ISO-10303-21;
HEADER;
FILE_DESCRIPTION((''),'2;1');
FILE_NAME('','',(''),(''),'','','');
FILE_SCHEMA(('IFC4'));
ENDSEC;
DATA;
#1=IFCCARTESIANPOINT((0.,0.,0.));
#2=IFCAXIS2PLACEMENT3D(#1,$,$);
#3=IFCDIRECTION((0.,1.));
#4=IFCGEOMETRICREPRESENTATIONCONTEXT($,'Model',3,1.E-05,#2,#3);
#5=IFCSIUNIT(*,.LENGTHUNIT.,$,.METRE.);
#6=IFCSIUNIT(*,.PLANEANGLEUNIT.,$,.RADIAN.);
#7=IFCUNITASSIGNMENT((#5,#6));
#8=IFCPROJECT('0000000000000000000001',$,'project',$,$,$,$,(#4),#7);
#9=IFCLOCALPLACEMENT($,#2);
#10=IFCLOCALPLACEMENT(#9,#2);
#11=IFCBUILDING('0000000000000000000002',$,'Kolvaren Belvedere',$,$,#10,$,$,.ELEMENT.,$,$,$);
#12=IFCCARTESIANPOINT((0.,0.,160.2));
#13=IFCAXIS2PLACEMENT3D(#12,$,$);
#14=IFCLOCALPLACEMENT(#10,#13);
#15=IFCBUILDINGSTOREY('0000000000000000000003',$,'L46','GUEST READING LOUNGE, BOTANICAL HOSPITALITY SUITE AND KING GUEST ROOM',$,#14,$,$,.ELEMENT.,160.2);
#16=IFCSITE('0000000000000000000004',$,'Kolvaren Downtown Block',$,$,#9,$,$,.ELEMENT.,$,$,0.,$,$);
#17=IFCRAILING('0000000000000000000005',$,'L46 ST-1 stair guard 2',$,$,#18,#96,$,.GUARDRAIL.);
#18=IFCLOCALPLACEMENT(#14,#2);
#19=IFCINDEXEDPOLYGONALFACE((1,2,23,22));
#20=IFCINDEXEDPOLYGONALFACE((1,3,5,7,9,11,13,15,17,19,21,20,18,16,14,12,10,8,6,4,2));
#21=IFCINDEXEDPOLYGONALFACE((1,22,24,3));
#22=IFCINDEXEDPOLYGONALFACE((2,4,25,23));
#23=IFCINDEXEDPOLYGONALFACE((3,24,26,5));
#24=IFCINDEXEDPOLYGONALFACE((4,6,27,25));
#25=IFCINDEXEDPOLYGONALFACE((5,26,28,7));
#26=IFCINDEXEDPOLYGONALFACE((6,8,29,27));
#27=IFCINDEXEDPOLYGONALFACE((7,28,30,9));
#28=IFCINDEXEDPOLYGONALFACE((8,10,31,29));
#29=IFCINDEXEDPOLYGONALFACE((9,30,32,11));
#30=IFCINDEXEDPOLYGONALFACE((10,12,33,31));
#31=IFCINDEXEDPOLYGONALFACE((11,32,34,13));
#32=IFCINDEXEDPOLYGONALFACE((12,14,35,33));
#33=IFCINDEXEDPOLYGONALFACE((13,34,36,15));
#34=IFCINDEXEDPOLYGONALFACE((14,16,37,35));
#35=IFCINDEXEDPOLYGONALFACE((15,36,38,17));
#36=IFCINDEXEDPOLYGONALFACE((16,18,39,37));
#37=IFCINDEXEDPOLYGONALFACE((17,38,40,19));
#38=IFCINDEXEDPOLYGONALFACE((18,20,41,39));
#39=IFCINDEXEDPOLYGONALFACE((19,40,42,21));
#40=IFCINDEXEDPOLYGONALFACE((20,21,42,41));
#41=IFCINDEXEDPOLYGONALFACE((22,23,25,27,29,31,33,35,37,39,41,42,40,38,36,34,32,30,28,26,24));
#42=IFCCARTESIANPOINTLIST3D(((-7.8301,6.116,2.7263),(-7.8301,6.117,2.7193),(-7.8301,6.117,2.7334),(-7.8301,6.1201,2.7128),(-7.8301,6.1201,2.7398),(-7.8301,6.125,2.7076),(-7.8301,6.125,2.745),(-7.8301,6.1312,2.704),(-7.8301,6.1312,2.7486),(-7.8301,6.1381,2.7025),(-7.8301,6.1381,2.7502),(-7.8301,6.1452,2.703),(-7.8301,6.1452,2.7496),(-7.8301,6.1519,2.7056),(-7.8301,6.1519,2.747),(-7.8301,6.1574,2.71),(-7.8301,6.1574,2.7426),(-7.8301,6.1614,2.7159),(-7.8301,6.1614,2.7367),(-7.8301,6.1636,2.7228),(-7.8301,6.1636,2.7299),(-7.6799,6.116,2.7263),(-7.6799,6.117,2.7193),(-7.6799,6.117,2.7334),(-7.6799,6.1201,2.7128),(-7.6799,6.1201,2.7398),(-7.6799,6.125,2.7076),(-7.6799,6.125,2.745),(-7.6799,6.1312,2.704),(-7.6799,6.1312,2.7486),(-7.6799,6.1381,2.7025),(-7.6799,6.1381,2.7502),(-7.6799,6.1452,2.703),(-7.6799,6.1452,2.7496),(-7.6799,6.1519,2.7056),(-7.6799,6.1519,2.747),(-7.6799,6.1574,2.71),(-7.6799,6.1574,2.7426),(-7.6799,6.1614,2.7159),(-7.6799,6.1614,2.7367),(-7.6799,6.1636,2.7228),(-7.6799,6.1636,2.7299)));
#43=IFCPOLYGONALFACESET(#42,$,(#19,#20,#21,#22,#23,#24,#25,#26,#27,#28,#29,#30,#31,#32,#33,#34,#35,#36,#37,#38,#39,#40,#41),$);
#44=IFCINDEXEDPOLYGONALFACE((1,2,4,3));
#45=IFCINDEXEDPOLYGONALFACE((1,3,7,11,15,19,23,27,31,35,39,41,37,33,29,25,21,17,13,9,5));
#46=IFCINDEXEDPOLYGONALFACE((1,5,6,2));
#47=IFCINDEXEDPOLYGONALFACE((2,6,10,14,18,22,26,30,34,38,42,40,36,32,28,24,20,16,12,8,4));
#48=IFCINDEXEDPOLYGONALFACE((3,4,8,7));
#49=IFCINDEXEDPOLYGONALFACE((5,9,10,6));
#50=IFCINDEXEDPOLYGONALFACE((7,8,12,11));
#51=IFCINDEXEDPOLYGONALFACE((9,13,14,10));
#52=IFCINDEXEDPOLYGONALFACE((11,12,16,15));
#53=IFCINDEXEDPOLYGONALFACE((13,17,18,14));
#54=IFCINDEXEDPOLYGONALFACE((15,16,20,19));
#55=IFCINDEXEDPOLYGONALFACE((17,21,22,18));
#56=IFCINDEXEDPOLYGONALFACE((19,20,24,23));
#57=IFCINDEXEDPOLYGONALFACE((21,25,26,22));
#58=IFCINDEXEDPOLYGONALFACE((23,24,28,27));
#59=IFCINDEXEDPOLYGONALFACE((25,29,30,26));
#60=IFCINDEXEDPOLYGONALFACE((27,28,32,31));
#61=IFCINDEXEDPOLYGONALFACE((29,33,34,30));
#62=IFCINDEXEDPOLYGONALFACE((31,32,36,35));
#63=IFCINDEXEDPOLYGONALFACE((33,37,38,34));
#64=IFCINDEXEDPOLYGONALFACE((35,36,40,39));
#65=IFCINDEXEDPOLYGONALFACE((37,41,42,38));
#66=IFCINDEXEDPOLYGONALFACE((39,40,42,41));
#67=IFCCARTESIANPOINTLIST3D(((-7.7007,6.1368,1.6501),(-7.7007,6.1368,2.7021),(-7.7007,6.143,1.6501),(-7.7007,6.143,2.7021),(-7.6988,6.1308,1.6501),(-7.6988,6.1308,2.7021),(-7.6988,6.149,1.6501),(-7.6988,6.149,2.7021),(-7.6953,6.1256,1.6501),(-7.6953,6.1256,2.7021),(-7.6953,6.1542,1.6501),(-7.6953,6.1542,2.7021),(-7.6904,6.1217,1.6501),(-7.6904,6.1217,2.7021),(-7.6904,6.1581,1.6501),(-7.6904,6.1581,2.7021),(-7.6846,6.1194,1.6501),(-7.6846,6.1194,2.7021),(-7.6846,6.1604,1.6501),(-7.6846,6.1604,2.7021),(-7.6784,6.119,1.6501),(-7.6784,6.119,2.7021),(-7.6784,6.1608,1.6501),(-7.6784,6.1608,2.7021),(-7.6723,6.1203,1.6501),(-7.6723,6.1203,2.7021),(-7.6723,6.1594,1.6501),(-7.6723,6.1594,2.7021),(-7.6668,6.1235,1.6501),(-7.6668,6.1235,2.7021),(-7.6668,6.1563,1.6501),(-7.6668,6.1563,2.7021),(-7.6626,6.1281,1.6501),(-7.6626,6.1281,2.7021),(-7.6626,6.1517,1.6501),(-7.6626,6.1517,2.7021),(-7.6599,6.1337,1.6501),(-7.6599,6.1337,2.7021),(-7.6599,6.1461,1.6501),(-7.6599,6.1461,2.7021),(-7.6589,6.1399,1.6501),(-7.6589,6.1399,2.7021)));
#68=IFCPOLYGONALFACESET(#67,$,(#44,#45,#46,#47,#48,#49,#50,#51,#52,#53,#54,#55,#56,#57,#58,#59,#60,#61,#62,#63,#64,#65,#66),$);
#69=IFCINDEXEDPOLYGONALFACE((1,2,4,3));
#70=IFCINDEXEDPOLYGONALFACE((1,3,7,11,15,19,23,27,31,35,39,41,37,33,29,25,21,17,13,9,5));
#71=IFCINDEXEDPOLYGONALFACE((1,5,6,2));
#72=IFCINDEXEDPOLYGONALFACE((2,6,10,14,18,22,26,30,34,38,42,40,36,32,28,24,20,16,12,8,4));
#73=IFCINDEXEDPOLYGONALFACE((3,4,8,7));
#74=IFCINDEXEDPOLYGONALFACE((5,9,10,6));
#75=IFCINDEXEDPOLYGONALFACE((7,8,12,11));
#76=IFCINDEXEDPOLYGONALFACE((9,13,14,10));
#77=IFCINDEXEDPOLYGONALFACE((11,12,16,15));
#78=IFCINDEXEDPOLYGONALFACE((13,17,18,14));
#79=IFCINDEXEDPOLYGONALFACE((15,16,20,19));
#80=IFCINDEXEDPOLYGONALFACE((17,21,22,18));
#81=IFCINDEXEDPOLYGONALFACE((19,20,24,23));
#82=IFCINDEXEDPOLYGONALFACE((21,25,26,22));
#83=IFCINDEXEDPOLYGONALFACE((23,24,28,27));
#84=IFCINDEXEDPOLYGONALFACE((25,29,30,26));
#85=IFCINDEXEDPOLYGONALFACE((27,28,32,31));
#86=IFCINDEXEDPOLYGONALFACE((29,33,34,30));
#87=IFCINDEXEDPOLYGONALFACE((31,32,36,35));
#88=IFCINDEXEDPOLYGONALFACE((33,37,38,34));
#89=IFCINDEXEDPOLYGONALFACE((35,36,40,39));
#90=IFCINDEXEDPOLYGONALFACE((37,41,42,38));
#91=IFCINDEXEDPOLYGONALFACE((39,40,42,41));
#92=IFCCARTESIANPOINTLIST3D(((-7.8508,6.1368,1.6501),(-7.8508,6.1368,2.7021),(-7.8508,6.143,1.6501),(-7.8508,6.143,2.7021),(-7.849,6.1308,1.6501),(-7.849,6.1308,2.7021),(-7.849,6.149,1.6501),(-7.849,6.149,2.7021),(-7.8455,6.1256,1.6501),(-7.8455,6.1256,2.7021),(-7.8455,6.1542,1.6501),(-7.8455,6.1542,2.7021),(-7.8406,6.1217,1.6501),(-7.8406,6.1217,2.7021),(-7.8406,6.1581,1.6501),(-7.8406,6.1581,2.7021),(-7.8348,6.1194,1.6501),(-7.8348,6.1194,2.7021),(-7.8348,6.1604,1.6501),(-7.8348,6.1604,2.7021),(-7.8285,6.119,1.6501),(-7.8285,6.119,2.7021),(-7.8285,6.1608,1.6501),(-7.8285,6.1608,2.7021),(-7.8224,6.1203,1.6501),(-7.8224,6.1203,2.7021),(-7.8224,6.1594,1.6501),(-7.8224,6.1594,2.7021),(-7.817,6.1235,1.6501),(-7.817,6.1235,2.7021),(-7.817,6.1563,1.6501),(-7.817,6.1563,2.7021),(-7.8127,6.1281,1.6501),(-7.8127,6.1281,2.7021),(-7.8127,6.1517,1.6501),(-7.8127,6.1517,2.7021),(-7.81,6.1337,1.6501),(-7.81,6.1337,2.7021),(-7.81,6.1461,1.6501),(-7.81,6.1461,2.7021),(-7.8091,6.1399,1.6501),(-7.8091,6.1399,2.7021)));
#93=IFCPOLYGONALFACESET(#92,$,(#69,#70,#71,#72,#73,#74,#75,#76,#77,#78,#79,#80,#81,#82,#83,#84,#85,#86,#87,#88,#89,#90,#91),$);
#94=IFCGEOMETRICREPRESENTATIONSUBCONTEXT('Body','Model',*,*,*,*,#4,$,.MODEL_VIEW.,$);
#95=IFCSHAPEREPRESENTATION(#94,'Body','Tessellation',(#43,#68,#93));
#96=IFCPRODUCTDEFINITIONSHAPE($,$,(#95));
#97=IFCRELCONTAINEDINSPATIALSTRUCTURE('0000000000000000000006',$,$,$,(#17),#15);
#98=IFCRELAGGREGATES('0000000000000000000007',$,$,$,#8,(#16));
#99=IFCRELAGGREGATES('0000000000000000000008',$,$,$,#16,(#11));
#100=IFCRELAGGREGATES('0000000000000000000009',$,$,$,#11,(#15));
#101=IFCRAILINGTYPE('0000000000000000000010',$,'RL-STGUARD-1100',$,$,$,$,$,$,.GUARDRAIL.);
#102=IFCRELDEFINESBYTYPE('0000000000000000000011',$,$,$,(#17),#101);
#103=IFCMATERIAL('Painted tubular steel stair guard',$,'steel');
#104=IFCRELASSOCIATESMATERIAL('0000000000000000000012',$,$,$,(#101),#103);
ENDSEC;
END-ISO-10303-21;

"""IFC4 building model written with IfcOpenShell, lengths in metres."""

from ifc_helpers import new_model, si_unit, direction, frame, origin, origin_2d, place, context, subcontext, project, spatial, circle, extrude, material, type_object, element, save


model = new_model("IFC4")

# Units and contexts
model_context = context("Model", 3, precision=1e-05, world=origin(), true_north=direction((0.0, 1.0)))
body_context = subcontext(model_context, "Body", "Model", "MODEL_VIEW")
ifc_project = project(units=[si_unit("LENGTHUNIT", "METRE"), si_unit("PLANEANGLEUNIT", "RADIAN")], contexts=[model_context])

# Site, building, storey
site_placement = place(None, origin())
site = spatial("IfcSite", under=ifc_project, at=site_placement, Name="Kolvaren Downtown Block", CompositionType="ELEMENT", RefElevation=0.0)
building_placement = place(site_placement, origin())
building = spatial("IfcBuilding", under=site, at=building_placement, Name="Kolvaren Belvedere", CompositionType="ELEMENT")
storey_placement = place(building_placement, frame((0.0, 0.0, 160.2)))
storey = spatial("IfcBuildingStorey", under=building, at=storey_placement, Name="L46", Description="GUEST READING LOUNGE, BOTANICAL HOSPITALITY SUITE AND KING GUEST ROOM", CompositionType="ELEMENT", Elevation=160.2)

# Railing
ifc_material_1 = material(Name="Painted tubular steel stair guard", Category="steel")
railing_type_1 = type_object("IfcRailingType", Name="RL-STGUARD-1100", PredefinedType="GUARDRAIL", material=ifc_material_1)
railing_1_placement = place(storey_placement, frame((-7.6799, 6.1399, 1.6501)))
element("IfcRailing", 1, at=railing_1_placement, inside=storey, type_object=railing_type_1, Name="L46 ST-1 stair guard 2", PredefinedType="GUARDRAIL", context=body_context, shape_type="SweptSolid", body=[
    extrude(circle(Radius=0.0239, at=origin_2d()), frame((0.0, 0.0, 1.0762), z_axis=(-1.0, 0.0, 0.0), x_axis=(0.0, -1.0, 0.0)), (0.0, 0.0, 1.0), 0.1501),
    extrude(circle(Radius=0.021, at=origin_2d()), origin(), (0.0, 0.0, 1.0), 1.052),
    extrude(circle(Radius=0.021, at=origin_2d()), frame((-0.1501, 0.0, 0.0)), (0.0, 0.0, 1.0), 1.052),
])

save(model, "model.ifc")
